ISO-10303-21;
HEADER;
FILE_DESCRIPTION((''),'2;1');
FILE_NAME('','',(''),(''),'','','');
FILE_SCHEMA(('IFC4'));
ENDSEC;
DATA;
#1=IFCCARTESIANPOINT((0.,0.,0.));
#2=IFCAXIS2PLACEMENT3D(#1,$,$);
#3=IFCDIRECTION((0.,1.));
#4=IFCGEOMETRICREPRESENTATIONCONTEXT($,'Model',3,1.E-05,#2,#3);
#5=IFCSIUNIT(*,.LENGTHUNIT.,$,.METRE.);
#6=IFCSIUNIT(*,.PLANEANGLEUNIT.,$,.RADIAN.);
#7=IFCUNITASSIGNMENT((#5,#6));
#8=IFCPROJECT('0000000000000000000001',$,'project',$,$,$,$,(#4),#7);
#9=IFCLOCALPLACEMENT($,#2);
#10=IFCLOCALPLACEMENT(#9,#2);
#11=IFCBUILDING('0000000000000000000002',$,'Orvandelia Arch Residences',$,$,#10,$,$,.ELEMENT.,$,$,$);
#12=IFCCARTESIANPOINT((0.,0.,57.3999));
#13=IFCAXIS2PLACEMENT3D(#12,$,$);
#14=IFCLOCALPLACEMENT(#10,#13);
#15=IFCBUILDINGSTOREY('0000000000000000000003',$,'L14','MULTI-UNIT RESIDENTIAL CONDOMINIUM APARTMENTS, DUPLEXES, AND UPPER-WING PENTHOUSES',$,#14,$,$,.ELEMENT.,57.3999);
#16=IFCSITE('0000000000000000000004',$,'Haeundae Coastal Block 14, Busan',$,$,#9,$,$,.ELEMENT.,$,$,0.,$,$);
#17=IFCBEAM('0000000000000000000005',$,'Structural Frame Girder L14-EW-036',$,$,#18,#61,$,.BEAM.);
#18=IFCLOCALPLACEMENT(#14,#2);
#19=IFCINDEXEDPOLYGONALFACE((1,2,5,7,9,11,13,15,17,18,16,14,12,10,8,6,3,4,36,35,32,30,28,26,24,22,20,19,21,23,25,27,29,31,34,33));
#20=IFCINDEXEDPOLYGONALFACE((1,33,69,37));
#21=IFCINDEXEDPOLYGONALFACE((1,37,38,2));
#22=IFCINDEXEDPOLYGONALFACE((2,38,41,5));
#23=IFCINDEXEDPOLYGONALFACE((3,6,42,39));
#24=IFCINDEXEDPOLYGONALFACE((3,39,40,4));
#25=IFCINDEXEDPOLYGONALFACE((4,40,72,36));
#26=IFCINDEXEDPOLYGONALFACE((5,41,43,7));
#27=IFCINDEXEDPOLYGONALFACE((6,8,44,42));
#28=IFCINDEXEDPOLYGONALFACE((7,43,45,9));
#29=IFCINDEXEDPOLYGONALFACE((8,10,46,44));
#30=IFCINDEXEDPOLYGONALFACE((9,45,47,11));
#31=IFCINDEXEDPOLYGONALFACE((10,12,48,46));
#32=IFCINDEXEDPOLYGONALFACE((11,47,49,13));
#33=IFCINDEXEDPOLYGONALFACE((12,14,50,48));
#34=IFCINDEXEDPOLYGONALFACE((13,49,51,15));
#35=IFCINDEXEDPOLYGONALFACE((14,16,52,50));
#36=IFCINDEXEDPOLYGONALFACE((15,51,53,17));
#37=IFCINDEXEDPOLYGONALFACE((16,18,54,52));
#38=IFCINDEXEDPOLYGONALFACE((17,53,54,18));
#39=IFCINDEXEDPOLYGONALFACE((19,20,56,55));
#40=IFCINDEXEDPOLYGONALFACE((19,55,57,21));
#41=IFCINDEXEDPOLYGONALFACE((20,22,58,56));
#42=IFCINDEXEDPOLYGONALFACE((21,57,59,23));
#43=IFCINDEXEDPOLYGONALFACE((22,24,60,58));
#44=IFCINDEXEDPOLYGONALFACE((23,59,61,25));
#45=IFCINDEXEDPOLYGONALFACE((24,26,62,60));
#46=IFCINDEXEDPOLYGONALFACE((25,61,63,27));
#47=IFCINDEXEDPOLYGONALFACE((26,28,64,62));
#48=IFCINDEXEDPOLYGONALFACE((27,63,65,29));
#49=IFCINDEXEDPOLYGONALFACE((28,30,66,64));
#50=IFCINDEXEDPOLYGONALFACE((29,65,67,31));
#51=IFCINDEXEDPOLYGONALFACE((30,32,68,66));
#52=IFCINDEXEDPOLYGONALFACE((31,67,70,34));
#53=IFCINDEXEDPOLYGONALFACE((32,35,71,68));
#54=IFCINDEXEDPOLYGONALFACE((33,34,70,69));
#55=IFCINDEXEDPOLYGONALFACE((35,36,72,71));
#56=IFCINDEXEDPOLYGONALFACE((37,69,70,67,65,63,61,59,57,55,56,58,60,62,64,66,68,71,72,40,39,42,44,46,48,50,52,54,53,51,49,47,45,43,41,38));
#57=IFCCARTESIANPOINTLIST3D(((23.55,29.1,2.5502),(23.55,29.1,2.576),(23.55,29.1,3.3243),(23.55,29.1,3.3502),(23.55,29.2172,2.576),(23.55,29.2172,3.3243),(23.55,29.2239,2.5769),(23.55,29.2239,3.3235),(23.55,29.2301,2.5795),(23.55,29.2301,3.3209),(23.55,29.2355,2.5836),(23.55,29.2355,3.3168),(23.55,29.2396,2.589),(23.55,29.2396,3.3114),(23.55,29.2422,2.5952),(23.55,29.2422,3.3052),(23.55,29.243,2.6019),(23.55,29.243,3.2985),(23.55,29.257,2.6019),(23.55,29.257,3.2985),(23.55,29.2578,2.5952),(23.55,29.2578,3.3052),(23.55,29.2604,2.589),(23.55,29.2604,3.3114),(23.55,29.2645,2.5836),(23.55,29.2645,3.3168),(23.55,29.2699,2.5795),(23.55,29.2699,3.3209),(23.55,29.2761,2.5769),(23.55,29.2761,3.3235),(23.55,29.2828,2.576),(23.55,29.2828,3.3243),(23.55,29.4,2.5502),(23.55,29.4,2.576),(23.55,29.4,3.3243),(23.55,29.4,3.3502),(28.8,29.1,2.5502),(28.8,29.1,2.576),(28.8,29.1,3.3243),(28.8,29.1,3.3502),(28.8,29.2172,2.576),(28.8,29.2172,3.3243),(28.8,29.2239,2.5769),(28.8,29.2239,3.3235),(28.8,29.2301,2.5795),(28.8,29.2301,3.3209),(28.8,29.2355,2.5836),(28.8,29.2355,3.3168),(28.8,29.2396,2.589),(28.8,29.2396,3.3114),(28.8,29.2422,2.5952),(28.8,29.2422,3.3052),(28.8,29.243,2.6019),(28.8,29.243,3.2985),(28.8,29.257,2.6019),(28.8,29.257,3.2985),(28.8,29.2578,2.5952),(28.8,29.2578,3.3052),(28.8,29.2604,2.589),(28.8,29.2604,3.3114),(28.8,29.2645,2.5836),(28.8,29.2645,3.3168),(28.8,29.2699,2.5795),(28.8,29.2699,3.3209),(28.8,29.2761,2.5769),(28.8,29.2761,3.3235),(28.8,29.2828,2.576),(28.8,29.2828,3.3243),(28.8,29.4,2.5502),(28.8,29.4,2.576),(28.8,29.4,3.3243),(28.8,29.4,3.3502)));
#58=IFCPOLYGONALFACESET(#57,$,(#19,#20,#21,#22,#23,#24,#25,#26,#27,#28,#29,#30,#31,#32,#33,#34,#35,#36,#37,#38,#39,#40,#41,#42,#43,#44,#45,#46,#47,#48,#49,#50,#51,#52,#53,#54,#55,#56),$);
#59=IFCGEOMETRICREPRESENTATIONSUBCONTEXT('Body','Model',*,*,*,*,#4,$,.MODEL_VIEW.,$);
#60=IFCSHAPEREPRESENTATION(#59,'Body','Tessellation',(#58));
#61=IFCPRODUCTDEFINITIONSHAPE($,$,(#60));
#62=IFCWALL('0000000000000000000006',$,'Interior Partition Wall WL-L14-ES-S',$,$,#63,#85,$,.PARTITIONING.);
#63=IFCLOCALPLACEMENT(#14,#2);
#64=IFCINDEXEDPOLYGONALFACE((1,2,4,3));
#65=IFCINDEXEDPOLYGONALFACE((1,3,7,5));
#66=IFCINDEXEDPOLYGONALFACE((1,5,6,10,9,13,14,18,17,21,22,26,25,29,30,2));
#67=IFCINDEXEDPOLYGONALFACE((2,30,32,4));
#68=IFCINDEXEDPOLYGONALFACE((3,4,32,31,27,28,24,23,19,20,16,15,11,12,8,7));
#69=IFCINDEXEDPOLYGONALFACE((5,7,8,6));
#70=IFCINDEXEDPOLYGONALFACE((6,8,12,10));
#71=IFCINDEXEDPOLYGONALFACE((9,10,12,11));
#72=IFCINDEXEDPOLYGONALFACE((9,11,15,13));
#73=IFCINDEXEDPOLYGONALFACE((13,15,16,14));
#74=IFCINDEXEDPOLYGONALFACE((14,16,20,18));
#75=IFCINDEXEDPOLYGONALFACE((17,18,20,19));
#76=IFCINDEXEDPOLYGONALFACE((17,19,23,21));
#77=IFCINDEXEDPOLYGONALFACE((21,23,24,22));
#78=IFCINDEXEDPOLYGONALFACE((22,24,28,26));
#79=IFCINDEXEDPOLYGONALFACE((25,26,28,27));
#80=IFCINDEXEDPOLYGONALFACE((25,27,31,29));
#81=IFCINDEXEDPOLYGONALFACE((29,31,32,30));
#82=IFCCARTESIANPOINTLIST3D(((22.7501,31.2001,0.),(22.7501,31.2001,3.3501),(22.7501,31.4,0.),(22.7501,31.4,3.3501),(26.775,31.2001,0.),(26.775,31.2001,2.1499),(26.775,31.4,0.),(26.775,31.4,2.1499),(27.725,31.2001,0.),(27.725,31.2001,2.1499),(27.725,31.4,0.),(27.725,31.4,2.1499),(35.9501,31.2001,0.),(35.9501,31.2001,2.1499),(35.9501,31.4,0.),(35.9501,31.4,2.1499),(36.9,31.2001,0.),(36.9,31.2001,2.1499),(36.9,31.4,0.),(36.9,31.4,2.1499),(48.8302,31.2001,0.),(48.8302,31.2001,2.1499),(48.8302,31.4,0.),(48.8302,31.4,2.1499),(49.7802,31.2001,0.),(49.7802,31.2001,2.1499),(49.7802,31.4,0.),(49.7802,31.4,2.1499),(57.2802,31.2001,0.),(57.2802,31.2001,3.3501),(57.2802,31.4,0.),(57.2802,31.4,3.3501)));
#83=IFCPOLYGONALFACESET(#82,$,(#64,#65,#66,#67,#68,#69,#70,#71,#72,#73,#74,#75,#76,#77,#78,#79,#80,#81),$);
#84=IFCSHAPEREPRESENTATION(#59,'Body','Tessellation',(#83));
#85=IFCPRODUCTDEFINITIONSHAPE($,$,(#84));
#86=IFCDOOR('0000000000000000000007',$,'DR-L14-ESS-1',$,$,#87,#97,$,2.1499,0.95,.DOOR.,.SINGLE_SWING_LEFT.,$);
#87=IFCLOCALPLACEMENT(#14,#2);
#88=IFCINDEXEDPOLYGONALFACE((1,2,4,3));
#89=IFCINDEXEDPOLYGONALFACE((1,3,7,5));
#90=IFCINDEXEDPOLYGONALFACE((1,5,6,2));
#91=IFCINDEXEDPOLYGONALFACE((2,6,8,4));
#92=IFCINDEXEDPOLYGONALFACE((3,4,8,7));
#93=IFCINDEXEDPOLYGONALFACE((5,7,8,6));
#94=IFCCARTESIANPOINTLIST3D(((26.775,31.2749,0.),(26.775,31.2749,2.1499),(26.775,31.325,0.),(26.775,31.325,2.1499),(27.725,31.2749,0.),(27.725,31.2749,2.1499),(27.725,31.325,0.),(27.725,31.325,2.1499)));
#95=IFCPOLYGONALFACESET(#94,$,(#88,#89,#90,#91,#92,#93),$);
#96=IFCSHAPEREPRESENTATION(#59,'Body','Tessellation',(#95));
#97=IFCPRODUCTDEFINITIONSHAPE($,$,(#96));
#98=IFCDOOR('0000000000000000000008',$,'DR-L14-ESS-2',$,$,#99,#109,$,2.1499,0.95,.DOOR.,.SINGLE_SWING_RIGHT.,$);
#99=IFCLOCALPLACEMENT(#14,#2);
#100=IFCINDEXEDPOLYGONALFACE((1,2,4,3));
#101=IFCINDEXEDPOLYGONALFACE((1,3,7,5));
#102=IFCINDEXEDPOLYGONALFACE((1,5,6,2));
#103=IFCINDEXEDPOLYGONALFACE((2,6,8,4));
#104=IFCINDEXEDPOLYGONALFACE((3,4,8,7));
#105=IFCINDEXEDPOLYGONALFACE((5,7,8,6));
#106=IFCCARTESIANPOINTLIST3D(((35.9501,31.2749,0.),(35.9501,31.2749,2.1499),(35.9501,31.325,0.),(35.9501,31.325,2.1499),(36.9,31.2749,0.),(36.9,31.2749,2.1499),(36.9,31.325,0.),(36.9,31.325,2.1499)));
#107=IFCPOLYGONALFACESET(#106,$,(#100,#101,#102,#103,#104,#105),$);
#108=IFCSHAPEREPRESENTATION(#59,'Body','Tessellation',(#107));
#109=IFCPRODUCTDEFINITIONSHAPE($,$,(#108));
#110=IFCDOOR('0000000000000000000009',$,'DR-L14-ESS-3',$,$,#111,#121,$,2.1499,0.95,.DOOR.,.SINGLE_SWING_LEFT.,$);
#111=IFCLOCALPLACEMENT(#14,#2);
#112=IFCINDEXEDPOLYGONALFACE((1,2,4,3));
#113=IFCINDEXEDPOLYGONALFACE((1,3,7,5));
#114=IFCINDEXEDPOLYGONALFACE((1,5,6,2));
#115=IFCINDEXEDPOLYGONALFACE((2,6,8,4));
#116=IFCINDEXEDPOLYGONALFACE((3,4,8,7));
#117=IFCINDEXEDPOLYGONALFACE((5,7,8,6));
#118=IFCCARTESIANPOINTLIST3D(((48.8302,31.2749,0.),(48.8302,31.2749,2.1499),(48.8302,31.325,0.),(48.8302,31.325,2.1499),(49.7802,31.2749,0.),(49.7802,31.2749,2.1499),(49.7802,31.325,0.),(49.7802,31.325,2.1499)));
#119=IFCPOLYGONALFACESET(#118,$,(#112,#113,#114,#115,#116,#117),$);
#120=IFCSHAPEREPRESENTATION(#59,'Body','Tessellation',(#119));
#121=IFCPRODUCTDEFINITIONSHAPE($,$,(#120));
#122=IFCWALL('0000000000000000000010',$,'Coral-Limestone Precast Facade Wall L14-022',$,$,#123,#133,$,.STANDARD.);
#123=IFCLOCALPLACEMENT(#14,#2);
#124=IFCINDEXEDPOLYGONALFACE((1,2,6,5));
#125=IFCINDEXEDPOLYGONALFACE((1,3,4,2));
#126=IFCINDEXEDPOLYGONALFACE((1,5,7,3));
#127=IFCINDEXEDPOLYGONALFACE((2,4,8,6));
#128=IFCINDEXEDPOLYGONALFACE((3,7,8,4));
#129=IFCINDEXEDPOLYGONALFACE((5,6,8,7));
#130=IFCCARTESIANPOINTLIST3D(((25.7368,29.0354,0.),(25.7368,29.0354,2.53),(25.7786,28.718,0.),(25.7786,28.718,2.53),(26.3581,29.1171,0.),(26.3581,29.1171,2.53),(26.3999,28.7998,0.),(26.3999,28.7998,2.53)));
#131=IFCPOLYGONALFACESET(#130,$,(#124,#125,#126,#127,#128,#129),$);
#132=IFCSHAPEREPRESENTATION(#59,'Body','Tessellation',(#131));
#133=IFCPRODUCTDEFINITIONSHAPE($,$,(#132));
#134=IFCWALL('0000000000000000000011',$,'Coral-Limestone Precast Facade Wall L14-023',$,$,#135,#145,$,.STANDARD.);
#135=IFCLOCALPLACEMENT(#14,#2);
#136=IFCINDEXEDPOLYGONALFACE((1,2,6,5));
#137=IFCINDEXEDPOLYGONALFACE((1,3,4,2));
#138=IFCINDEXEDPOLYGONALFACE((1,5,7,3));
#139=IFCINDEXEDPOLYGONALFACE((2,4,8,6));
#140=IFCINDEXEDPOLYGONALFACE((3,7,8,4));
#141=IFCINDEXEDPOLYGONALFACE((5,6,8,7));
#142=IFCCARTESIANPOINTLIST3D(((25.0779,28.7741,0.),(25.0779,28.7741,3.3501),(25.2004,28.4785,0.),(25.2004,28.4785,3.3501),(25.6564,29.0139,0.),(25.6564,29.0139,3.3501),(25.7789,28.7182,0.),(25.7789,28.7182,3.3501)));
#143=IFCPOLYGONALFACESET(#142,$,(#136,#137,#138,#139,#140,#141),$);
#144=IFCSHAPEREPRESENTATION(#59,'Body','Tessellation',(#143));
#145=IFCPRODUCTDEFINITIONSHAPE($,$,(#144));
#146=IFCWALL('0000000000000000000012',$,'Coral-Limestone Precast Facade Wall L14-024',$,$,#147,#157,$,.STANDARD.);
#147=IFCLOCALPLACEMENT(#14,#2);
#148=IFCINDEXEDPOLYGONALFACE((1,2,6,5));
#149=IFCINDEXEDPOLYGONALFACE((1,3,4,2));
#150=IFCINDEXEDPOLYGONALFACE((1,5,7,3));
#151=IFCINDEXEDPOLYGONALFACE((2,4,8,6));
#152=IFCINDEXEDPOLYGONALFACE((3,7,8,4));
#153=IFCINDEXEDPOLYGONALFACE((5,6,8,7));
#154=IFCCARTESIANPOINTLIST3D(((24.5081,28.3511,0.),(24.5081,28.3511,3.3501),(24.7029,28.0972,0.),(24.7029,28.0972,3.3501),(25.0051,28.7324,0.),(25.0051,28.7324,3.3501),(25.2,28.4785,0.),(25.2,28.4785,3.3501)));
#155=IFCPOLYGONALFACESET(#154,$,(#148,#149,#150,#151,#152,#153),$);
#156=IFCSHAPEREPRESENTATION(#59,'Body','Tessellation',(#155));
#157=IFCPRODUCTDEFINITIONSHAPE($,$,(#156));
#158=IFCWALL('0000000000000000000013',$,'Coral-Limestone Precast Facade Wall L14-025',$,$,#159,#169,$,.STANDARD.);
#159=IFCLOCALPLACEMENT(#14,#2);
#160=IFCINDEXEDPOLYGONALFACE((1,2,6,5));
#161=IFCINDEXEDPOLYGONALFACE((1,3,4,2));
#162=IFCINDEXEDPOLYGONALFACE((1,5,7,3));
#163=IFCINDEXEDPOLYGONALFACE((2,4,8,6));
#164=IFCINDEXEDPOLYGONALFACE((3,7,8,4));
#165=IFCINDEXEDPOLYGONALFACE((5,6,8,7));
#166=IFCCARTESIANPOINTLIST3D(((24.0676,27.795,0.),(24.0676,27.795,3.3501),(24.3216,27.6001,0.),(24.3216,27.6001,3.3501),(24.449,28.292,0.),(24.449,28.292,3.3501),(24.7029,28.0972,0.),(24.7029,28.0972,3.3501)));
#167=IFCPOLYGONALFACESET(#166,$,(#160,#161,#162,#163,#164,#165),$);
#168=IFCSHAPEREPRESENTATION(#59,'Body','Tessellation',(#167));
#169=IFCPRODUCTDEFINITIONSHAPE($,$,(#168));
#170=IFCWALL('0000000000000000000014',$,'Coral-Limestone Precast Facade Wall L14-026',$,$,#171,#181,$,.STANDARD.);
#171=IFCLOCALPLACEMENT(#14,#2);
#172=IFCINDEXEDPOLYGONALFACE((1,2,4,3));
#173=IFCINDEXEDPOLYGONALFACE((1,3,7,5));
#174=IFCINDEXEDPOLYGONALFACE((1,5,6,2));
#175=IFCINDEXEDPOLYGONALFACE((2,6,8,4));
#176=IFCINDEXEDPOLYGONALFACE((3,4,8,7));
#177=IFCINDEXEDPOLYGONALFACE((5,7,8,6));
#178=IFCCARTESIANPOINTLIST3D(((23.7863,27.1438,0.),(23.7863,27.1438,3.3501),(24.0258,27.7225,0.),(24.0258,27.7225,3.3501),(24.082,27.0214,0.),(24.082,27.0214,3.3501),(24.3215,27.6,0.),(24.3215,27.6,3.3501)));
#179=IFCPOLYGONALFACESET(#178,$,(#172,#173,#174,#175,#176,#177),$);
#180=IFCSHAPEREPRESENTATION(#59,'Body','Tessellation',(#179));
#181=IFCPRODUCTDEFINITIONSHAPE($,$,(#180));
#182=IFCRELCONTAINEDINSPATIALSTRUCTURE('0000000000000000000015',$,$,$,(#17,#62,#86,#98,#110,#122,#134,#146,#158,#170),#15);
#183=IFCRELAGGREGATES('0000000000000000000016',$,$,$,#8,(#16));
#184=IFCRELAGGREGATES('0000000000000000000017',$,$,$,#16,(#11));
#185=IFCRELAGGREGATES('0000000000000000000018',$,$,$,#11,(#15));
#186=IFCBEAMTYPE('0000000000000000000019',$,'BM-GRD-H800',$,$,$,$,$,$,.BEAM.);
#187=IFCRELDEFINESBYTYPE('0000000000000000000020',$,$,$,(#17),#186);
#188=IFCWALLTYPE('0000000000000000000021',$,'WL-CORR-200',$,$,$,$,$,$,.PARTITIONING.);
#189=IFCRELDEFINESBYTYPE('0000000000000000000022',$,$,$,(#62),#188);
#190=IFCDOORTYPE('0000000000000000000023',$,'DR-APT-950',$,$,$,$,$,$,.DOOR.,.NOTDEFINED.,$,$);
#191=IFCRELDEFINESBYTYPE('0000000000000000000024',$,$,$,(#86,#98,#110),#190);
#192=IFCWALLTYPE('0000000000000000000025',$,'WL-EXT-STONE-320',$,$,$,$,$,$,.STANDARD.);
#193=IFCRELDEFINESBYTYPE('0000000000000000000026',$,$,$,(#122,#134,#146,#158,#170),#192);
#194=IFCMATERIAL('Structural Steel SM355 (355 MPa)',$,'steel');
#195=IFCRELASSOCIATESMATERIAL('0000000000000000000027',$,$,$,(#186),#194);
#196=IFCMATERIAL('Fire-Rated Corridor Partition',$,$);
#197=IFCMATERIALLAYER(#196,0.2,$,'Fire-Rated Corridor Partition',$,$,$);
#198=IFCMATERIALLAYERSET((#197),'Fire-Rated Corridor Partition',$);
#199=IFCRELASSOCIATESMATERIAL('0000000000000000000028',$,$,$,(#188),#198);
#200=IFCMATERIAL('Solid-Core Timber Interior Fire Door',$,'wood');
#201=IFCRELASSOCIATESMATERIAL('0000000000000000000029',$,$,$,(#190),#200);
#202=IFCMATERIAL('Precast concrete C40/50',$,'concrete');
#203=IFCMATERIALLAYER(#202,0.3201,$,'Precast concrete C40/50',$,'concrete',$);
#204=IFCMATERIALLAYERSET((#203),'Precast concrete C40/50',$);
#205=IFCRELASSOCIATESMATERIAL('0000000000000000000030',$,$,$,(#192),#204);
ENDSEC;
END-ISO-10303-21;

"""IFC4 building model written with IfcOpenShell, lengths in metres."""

from ifc_helpers import new_model, si_unit, direction, frame, frame_2d, origin, origin_2d, place, context, subcontext, project, spatial, rectangle, i_section, extrude, material, layer, layer_set, material_profile, profile_set, type_object, element, fill, save


model = new_model("IFC4")

# Units and contexts
model_context = context("Model", 3, precision=1e-05, world=origin(), true_north=direction((0.0, 1.0)))
body_context = subcontext(model_context, "Body", "Model", "MODEL_VIEW")
ifc_project = project(units=[si_unit("LENGTHUNIT", "METRE"), si_unit("PLANEANGLEUNIT", "RADIAN")], contexts=[model_context])

# Site, building, storey
site_placement = place(None, origin())
site = spatial("IfcSite", under=ifc_project, at=site_placement, Name="Haeundae Coastal Block 14, Busan", CompositionType="ELEMENT", RefElevation=0.0)
building_placement = place(site_placement, origin())
building = spatial("IfcBuilding", under=site, at=building_placement, Name="Orvandelia Arch Residences", CompositionType="ELEMENT")
storey_placement = place(building_placement, frame((0.0, 0.0, 57.3999)))
storey = spatial("IfcBuildingStorey", under=building, at=storey_placement, Name="L14", Description="MULTI-UNIT RESIDENTIAL CONDOMINIUM APARTMENTS, DUPLEXES, AND UPPER-WING PENTHOUSES", CompositionType="ELEMENT", Elevation=57.3999)

# Beam
ifc_material_1 = material(Name="Structural Steel SM355 (355 MPa)", Category="steel")
ifc_material_profile_1 = material_profile(ifc_material_1, i_section(OverallWidth=0.3, OverallDepth=0.8, WebThickness=0.0139, FlangeThickness=0.0259, FilletRadius=0.0259, at=origin_2d()), Name="Structural Steel SM355 (355 MPa)", Category="steel")
ifc_profile_set_1 = profile_set([ifc_material_profile_1], Name="Structural Steel SM355 (355 MPa)")
beam_type = type_object("IfcBeamType", Name="BM-GRD-H800", PredefinedType="BEAM", material=ifc_profile_set_1)
beam_1_placement = place(storey_placement, frame((23.55, 29.25, 2.9502), z_axis=(1.0, 0.0, 0.0), x_axis=(0.0, 1.0, 0.0)))
element("IfcBeam", 1, at=beam_1_placement, inside=storey, type_object=beam_type, Name="Structural Frame Girder L14-EW-036", PredefinedType="BEAM", context=body_context, shape_type="SweptSolid", body=[
    extrude(i_section(OverallWidth=0.3, OverallDepth=0.8, WebThickness=0.0139, FlangeThickness=0.0259, FilletRadius=0.0259, at=origin_2d()), origin(), (0.0, 0.0, 1.0), 5.25),
])

# Wall, openings, doors
ifc_material_2 = material(Name="Fire-Rated Corridor Partition")
ifc_layer_1 = layer(ifc_material_2, 0.2, Name="Fire-Rated Corridor Partition")
ifc_layer_set_1 = layer_set([ifc_layer_1], Name="Fire-Rated Corridor Partition")
wall_type_1 = type_object("IfcWallType", Name="WL-CORR-200", PredefinedType="PARTITIONING", material=ifc_layer_set_1)
wall_1_placement = place(storey_placement, frame((22.75, 31.3, 0.0), z_axis=(0.0, 0.0, 1.0), x_axis=(1.0, 0.0, 0.0)))
wall_1 = element("IfcWall", 2, at=wall_1_placement, inside=storey, type_object=wall_type_1, Name="Interior Partition Wall WL-L14-ES-S", PredefinedType="PARTITIONING", context=body_context, shape_type="SweptSolid", body=[
    extrude(rectangle(XDim=34.53, YDim=0.2, at=frame_2d((17.2651, 0.0))), origin(), (0.0, 0.0, 1.0), 3.3501),
])
opening_1_placement = place(wall_1_placement, frame((4.0249, 0.0, 0.0)))
opening_1 = element("IfcOpeningElement", 3, at=opening_1_placement, cuts=wall_1, PredefinedType="OPENING", context=body_context, shape_type="SweptSolid", body=[
    extrude(rectangle(XDim=0.95, YDim=2.1499, at=frame_2d((0.4751, 1.075))), frame((0.0, 0.1099, 0.0), z_axis=(0.0, -1.0, 0.0), x_axis=(1.0, 0.0, 0.0)), (0.0, 0.0, 1.0), 0.22),
])
opening_2_placement = place(wall_1_placement, frame((13.2, 0.0, 0.0)))
opening_2 = element("IfcOpeningElement", 4, at=opening_2_placement, cuts=wall_1, PredefinedType="OPENING", context=body_context, shape_type="SweptSolid", body=[
    extrude(rectangle(XDim=0.95, YDim=2.1499, at=frame_2d((0.4751, 1.075))), frame((0.0, 0.1099, 0.0), z_axis=(0.0, -1.0, 0.0), x_axis=(1.0, 0.0, 0.0)), (0.0, 0.0, 1.0), 0.22),
])
opening_3_placement = place(wall_1_placement, frame((26.0801, 0.0, 0.0)))
opening_3 = element("IfcOpeningElement", 5, at=opening_3_placement, cuts=wall_1, PredefinedType="OPENING", context=body_context, shape_type="SweptSolid", body=[
    extrude(rectangle(XDim=0.95, YDim=2.1499, at=frame_2d((0.4751, 1.075))), frame((0.0, 0.1099, 0.0), z_axis=(0.0, -1.0, 0.0), x_axis=(1.0, 0.0, 0.0)), (0.0, 0.0, 1.0), 0.22),
])
ifc_material_3 = material(Name="Solid-Core Timber Interior Fire Door", Category="wood")
door_type_1 = type_object("IfcDoorType", Name="DR-APT-950", OperationType="NOTDEFINED", PredefinedType="DOOR", material=ifc_material_3)
door_1_placement = place(opening_1_placement, origin())
door_1 = element("IfcDoor", 6, at=door_1_placement, inside=storey, type_object=door_type_1, Name="DR-L14-ESS-1", OperationType="SINGLE_SWING_LEFT", OverallHeight=2.1499, OverallWidth=0.95, PredefinedType="DOOR", context=body_context, shape_type="SweptSolid", body=[
    extrude(rectangle(XDim=0.95, YDim=2.1499, at=frame_2d((0.4751, 1.075))), frame((0.0, 0.0249, 0.0), z_axis=(0.0, -1.0, 0.0), x_axis=(1.0, 0.0, 0.0)), (0.0, 0.0, 1.0), 0.05),
])
fill(opening_1, door_1)
door_2_placement = place(opening_2_placement, origin())
door_2 = element("IfcDoor", 7, at=door_2_placement, inside=storey, type_object=door_type_1, Name="DR-L14-ESS-2", OperationType="SINGLE_SWING_RIGHT", OverallHeight=2.1499, OverallWidth=0.95, PredefinedType="DOOR", context=body_context, shape_type="SweptSolid", body=[
    extrude(rectangle(XDim=0.95, YDim=2.1499, at=frame_2d((0.4751, 1.075))), frame((0.0, 0.0249, 0.0), z_axis=(0.0, -1.0, 0.0), x_axis=(1.0, 0.0, 0.0)), (0.0, 0.0, 1.0), 0.05),
])
fill(opening_2, door_2)
door_3_placement = place(opening_3_placement, origin())
door_3 = element("IfcDoor", 8, at=door_3_placement, inside=storey, type_object=door_type_1, Name="DR-L14-ESS-3", OperationType="SINGLE_SWING_LEFT", OverallHeight=2.1499, OverallWidth=0.95, PredefinedType="DOOR", context=body_context, shape_type="SweptSolid", body=[
    extrude(rectangle(XDim=0.95, YDim=2.1499, at=frame_2d((0.4751, 1.075))), frame((0.0, 0.0249, 0.0), z_axis=(0.0, -1.0, 0.0), x_axis=(1.0, 0.0, 0.0)), (0.0, 0.0, 1.0), 0.05),
])
fill(opening_3, door_3)

# Walls
ifc_material_4 = material(Name="Precast concrete C40/50", Category="concrete")
ifc_layer_2 = layer(ifc_material_4, 0.3201, Name="Precast concrete C40/50", Category="concrete")
ifc_layer_set_2 = layer_set([ifc_layer_2], Name="Precast concrete C40/50")
wall_type_2 = type_object("IfcWallType", Name="WL-EXT-STONE-320", PredefinedType="STANDARD", material=ifc_layer_set_2)
wall_2_placement = place(storey_placement, frame((26.3792, 28.9585, 0.0), z_axis=(0.0, 0.0, 1.0), x_axis=(-0.991448, -0.130505, 0.0)))
element("IfcWall", 9, at=wall_2_placement, inside=storey, type_object=wall_type_2, Name="Coral-Limestone Precast Facade Wall L14-022", PredefinedType="STANDARD", context=body_context, shape_type="SweptSolid", body=[
    extrude(rectangle(XDim=0.6267, YDim=0.3201, at=frame_2d((0.3135, 0.0))), origin(), (0.0, 0.0, 1.0), 2.53),
])
wall_3_placement = place(storey_placement, frame((25.7175, 28.866, 0.0), z_axis=(0.0, 0.0, 1.0), x_axis=(-0.923836, -0.382788, 0.0)))
element("IfcWall", 10, at=wall_3_placement, inside=storey, type_object=wall_type_2, Name="Coral-Limestone Precast Facade Wall L14-023", PredefinedType="STANDARD", context=body_context, shape_type="SweptSolid", body=[
    extrude(rectangle(XDim=0.6262, YDim=0.3201, at=frame_2d((0.313, 0.0))), origin(), (0.0, 0.0, 1.0), 3.3501),
])
for number, where, z_axis, x_axis, name in (
    (11, (25.1025, 28.6055, 0.0), (0.0, 0.0, 1.0), (-0.793406, -0.608693, 0.0), "Coral-Limestone Precast Facade Wall L14-024"),
    (12, (24.5759, 28.1946, 0.0), (0.0, 0.0, 1.0), (-0.608693, -0.793406, 0.0), "Coral-Limestone Precast Facade Wall L14-025"),
):
    element("IfcWall", number, at=place(storey_placement, frame(where, z_axis=z_axis, x_axis=x_axis)), inside=storey, type_object=wall_type_2, Name=name, PredefinedType="STANDARD", context=body_context, shape_type="SweptSolid", body=[
        extrude(rectangle(XDim=0.6265, YDim=0.3201, at=frame_2d((0.3132, 0.0))), origin(), (0.0, 0.0, 1.0), 3.3501),
    ])
wall_4_placement = place(storey_placement, frame((24.1736, 27.6611, 0.0), z_axis=(0.0, 0.0, 1.0), x_axis=(-0.382455, -0.923974, 0.0)))
element("IfcWall", 13, at=wall_4_placement, inside=storey, type_object=wall_type_2, Name="Coral-Limestone Precast Facade Wall L14-026", PredefinedType="STANDARD", context=body_context, shape_type="SweptSolid", body=[
    extrude(rectangle(XDim=0.6262, YDim=0.3201, at=frame_2d((0.313, 0.0))), origin(), (0.0, 0.0, 1.0), 3.3501),
])

save(model, "model.ifc")
